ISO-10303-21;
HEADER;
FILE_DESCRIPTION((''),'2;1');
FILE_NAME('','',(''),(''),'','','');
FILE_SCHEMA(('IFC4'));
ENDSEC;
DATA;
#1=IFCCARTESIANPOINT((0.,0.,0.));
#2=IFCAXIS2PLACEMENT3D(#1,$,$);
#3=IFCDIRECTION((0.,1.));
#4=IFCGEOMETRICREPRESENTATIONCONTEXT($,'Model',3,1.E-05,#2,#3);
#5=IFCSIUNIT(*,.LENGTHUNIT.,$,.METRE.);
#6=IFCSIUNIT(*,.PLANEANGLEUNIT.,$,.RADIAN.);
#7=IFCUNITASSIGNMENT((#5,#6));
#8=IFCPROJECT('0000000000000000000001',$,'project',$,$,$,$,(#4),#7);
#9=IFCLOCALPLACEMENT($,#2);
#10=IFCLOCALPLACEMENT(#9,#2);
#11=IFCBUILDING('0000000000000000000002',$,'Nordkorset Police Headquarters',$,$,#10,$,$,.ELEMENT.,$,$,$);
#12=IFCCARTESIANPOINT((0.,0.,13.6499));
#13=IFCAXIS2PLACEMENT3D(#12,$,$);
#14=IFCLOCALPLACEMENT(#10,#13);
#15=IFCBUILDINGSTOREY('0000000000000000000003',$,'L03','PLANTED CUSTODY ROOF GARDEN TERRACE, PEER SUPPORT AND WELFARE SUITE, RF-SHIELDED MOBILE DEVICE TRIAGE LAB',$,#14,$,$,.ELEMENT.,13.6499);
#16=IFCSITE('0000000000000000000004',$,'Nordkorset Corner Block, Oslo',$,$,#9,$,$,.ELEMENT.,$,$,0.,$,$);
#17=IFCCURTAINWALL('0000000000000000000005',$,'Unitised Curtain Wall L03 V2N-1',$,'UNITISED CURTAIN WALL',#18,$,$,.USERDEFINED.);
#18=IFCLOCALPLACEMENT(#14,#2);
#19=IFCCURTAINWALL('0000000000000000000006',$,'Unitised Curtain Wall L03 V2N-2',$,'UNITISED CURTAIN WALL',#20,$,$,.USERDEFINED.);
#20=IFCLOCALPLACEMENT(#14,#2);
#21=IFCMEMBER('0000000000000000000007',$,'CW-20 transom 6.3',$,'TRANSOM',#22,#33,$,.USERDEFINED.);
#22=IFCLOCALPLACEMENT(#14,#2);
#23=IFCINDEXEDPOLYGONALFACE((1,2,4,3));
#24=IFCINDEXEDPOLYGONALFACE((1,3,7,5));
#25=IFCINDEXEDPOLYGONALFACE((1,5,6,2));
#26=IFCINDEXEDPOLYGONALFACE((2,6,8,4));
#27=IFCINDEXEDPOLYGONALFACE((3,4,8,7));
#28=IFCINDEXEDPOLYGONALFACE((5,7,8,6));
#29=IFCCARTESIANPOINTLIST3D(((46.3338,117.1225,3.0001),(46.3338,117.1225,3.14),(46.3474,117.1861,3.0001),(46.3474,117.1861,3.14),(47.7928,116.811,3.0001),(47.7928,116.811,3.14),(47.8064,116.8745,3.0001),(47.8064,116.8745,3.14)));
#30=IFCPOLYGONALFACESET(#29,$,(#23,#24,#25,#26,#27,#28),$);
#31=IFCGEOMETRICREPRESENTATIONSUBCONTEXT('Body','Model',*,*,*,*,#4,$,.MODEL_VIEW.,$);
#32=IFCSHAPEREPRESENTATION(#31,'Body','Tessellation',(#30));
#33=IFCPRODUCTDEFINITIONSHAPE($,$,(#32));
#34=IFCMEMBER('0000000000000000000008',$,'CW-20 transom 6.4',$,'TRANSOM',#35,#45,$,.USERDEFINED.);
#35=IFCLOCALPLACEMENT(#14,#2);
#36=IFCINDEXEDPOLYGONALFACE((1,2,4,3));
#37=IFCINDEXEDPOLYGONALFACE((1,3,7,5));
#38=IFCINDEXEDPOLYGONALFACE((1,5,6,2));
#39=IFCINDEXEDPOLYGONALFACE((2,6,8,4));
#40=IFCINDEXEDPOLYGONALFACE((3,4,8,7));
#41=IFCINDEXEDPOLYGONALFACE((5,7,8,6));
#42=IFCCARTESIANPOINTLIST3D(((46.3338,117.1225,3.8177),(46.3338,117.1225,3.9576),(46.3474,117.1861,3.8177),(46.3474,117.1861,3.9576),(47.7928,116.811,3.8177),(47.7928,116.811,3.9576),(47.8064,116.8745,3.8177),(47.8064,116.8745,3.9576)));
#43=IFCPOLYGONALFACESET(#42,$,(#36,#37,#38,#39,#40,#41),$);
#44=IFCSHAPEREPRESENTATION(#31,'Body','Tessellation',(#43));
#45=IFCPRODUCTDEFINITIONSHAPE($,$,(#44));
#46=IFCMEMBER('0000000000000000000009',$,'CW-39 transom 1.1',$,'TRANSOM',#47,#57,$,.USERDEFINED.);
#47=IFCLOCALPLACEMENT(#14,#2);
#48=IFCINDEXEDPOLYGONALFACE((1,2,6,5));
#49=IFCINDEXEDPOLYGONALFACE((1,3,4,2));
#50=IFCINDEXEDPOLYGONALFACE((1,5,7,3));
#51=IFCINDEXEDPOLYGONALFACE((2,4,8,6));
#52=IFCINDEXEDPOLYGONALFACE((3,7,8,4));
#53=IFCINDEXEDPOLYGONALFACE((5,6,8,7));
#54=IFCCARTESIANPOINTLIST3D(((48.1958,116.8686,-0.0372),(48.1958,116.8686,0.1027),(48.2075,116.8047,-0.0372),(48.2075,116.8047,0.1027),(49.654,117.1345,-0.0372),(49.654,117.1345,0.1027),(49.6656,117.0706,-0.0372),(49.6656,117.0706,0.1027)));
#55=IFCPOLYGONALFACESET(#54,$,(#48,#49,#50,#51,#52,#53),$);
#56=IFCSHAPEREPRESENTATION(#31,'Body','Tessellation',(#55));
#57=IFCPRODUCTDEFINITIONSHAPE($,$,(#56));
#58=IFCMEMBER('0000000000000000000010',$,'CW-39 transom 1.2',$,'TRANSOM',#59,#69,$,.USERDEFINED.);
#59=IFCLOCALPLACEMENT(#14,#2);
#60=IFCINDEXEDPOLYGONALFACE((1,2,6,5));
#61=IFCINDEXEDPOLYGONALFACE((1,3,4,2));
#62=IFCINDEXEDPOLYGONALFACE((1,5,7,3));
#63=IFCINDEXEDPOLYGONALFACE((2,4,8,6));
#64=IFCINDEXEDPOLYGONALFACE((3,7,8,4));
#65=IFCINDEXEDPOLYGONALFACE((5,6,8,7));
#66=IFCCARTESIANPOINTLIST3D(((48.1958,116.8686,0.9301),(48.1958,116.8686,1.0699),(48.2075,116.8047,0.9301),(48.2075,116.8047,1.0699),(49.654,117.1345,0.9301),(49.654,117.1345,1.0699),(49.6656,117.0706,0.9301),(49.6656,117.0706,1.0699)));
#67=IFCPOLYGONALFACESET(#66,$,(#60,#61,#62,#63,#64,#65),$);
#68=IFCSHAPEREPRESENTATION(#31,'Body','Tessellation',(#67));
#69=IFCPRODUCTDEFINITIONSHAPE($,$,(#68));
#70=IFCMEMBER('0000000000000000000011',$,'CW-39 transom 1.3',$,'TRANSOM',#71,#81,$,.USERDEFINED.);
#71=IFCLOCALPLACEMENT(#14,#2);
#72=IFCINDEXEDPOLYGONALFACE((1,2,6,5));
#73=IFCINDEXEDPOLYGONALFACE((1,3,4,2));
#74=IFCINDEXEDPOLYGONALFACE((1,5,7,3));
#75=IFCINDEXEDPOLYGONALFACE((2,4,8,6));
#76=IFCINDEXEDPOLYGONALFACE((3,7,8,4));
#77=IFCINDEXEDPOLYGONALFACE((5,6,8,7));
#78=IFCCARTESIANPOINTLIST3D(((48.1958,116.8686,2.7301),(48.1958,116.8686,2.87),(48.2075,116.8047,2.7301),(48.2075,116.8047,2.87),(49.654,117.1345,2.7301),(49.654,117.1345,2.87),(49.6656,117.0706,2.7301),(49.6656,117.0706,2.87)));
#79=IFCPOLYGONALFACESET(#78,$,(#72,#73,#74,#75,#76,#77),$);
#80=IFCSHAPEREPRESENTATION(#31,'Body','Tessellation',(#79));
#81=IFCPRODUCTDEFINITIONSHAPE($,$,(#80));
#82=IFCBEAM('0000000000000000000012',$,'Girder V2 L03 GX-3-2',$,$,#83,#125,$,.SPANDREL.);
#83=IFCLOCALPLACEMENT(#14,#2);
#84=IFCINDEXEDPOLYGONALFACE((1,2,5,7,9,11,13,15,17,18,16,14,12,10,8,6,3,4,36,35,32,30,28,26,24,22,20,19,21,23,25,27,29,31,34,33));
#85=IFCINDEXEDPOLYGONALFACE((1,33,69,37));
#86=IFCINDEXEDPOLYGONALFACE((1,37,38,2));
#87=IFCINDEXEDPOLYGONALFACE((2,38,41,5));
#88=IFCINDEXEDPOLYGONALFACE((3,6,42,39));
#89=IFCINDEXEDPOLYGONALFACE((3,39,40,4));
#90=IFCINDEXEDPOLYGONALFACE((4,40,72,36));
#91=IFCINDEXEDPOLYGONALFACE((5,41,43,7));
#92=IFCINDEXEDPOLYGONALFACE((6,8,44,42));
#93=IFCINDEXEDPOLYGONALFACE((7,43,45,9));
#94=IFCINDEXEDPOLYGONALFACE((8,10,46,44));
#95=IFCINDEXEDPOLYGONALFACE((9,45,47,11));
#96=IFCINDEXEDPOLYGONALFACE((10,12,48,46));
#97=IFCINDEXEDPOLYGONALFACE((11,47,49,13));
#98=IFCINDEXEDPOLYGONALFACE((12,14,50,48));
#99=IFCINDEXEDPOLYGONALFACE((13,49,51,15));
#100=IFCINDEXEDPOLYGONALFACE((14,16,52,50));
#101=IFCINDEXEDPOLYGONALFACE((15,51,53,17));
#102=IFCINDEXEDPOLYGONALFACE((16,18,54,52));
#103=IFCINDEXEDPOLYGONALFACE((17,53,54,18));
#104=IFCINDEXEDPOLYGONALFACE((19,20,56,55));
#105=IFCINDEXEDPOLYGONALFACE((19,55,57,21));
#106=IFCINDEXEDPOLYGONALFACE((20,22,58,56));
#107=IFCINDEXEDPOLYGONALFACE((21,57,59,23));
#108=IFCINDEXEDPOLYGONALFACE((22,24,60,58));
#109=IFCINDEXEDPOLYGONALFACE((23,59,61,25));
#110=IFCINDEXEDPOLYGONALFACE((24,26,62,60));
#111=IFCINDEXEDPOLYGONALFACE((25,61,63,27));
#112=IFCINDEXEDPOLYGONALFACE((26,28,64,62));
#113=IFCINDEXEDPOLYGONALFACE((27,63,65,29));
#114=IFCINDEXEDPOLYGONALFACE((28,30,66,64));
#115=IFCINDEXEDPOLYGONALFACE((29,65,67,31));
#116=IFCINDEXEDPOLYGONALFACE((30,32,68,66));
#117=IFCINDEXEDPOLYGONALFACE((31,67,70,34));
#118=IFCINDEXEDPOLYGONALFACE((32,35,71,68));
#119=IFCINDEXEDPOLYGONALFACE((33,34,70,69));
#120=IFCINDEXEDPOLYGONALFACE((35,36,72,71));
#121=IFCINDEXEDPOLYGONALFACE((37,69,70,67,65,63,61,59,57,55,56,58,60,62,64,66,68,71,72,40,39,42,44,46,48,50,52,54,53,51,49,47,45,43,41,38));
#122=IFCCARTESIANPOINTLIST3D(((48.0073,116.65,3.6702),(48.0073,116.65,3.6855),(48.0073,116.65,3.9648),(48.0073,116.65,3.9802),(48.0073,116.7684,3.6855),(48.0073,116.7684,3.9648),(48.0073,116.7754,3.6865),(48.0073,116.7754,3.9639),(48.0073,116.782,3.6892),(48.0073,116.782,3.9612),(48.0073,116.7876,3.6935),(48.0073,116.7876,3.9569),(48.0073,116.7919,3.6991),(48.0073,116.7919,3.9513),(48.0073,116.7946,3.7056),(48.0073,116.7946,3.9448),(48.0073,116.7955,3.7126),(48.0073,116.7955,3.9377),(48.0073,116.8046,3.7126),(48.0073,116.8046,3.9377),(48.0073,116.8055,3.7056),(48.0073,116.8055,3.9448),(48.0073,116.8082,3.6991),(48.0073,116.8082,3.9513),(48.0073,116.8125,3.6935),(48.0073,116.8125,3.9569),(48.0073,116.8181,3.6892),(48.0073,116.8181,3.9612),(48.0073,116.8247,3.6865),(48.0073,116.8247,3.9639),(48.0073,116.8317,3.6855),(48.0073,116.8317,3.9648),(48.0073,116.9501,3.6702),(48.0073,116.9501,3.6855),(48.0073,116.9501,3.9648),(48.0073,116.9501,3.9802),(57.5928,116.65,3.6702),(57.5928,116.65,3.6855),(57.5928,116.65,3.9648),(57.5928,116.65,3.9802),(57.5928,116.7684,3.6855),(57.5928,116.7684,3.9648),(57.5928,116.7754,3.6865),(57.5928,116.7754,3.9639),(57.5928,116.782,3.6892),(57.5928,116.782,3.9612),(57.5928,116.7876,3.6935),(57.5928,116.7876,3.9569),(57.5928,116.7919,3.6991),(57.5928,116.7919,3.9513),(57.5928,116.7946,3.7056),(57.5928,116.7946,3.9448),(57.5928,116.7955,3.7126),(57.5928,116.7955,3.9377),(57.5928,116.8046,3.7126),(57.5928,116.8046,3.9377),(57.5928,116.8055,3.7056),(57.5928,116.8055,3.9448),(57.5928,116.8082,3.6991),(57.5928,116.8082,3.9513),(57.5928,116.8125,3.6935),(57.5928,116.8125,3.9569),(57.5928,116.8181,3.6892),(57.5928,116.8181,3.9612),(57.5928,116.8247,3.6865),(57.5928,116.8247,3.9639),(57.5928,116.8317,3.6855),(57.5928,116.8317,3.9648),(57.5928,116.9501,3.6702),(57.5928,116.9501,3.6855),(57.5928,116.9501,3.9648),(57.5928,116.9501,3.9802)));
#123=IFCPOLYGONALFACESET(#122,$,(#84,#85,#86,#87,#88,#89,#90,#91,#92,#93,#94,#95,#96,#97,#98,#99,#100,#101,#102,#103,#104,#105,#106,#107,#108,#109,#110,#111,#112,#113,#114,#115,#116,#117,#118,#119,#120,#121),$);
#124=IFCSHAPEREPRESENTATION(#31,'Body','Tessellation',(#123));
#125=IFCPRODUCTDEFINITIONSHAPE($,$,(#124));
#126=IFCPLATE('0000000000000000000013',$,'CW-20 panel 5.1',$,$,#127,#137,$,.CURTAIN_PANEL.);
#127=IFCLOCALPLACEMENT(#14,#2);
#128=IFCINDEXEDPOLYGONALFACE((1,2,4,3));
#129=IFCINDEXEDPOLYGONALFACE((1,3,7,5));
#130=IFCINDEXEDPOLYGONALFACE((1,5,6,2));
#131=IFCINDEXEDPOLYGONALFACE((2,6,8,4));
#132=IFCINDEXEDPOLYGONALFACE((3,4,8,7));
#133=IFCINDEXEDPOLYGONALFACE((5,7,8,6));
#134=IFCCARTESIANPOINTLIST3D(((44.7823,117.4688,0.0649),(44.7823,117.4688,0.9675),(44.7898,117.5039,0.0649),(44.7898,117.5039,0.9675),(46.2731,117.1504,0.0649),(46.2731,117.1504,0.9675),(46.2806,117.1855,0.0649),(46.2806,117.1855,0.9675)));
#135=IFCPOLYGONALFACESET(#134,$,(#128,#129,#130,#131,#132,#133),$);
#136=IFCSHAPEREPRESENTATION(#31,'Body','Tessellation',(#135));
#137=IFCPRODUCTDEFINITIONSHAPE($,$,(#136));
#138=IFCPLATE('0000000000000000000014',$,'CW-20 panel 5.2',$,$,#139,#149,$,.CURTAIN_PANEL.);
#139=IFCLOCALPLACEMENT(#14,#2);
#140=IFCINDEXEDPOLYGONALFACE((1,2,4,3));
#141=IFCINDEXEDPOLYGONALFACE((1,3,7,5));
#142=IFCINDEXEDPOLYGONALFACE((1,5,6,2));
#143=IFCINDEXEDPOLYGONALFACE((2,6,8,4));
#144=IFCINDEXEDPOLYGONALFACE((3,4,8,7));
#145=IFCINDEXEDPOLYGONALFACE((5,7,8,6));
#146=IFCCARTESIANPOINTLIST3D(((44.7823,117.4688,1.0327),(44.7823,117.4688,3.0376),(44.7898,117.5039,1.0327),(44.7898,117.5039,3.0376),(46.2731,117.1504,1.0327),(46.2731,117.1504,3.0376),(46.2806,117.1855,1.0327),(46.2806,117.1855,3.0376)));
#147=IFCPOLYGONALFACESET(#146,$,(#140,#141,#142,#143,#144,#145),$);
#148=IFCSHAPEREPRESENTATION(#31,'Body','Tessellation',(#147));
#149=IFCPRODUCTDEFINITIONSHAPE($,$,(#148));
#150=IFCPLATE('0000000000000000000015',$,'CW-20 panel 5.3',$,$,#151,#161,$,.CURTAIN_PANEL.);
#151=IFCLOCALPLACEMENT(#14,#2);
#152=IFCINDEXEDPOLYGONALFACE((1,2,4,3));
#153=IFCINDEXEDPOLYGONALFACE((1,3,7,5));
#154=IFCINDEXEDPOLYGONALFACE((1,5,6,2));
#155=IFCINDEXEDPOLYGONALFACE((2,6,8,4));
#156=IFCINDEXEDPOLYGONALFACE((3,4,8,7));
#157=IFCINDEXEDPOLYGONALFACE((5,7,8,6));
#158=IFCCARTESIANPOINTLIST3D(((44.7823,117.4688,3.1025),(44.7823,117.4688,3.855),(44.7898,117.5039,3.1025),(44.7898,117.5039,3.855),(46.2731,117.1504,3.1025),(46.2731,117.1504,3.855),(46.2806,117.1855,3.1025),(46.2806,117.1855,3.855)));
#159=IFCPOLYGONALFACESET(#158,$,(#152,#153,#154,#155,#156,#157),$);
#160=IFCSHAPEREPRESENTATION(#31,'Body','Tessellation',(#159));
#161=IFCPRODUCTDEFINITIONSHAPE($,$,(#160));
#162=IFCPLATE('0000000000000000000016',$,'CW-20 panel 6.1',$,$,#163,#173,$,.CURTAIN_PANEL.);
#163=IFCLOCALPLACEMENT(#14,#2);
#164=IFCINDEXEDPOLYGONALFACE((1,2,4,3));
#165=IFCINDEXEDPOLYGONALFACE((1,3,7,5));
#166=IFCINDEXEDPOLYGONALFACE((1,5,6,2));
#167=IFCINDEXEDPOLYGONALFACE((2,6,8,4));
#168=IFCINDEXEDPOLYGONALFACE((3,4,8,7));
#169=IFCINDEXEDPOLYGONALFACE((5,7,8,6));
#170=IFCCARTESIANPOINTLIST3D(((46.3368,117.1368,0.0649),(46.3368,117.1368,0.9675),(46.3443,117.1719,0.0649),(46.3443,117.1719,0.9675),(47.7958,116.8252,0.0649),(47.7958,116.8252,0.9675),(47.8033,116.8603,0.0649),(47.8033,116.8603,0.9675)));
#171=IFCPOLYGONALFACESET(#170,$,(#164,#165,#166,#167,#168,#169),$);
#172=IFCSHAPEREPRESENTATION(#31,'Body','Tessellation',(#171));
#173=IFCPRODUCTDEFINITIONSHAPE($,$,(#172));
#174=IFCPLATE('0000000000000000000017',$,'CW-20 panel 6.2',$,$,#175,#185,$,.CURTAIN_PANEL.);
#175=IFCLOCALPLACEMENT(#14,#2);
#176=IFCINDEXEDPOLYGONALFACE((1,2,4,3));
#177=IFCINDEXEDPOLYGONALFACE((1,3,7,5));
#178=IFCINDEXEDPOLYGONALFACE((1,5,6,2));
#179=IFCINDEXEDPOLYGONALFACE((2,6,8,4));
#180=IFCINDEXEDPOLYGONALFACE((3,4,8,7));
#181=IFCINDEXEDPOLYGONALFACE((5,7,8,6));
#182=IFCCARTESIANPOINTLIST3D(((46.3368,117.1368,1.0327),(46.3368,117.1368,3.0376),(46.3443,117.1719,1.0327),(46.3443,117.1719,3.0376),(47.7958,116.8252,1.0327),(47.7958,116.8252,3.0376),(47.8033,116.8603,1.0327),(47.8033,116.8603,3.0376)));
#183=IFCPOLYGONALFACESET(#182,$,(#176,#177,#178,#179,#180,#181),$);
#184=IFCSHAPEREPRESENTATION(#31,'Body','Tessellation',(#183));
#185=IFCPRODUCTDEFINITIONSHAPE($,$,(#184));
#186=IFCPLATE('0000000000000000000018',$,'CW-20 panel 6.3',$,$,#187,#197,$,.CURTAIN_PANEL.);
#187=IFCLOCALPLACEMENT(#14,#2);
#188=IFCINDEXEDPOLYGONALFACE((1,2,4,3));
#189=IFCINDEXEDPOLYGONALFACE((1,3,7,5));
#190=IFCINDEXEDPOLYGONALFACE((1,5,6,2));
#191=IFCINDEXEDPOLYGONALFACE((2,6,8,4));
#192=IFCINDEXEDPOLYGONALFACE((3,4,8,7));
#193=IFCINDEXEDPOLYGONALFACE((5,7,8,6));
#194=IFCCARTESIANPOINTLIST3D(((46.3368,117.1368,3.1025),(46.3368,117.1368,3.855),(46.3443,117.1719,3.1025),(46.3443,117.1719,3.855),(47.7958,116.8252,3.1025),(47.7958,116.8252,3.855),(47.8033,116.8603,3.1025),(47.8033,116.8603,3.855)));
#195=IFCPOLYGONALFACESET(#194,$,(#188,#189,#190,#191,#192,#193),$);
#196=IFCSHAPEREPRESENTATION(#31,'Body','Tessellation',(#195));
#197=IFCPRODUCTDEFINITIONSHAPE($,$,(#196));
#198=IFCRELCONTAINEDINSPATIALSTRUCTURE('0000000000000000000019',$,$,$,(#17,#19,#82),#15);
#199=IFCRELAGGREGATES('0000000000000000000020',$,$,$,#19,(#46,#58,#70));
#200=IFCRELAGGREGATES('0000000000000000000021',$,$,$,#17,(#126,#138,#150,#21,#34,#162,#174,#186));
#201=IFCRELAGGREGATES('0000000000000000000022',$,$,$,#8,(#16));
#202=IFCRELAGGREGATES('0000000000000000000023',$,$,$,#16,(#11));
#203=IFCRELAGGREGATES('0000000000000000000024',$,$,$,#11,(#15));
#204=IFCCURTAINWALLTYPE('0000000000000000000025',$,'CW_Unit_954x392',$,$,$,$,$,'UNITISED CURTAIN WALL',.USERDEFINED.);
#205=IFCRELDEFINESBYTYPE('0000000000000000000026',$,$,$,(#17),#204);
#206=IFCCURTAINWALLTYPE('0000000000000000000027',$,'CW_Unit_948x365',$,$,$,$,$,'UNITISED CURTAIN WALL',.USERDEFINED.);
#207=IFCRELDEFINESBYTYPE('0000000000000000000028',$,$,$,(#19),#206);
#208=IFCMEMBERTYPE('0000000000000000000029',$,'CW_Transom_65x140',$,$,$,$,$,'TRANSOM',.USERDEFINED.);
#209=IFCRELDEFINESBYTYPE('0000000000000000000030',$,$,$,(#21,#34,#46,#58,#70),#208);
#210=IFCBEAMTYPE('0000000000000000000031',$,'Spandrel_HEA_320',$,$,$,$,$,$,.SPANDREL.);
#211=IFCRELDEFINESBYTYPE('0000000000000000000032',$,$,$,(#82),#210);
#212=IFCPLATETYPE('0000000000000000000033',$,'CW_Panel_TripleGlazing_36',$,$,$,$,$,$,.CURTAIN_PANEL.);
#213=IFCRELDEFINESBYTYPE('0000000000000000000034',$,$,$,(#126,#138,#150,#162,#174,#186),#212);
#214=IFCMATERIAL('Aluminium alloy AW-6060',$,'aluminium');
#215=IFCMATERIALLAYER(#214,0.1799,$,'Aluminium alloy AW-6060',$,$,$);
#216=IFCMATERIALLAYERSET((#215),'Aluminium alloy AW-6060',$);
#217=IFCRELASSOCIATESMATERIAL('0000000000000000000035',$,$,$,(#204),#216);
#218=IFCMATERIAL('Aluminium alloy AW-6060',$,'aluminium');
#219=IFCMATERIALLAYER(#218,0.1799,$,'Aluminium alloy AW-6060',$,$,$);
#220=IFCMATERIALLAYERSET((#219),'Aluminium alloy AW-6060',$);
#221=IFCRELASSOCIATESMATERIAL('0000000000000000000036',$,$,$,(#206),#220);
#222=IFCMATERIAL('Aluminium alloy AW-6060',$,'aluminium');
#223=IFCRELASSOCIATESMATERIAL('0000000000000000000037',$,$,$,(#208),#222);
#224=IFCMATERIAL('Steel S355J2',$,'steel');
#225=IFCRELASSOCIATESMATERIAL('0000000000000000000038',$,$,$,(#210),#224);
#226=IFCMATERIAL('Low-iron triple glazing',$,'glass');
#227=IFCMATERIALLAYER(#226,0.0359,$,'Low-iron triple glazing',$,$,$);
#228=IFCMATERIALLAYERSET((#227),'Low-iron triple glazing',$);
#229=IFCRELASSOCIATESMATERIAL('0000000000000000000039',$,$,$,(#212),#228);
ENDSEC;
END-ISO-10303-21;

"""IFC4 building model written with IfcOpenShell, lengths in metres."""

from ifc_helpers import new_model, si_unit, direction, frame, origin, origin_2d, place, context, subcontext, project, spatial, rectangle, i_section, extrude, material, layer, layer_set, material_profile, profile_set, type_object, element, aggregate, save


model = new_model("IFC4")

# Units and contexts
model_context = context("Model", 3, precision=1e-05, world=origin(), true_north=direction((0.0, 1.0)))
body_context = subcontext(model_context, "Body", "Model", "MODEL_VIEW")
ifc_project = project(units=[si_unit("LENGTHUNIT", "METRE"), si_unit("PLANEANGLEUNIT", "RADIAN")], contexts=[model_context])

# Site, building, storey
site_placement = place(None, origin())
site = spatial("IfcSite", under=ifc_project, at=site_placement, Name="Nordkorset Corner Block, Oslo", CompositionType="ELEMENT", RefElevation=0.0)
building_placement = place(site_placement, origin())
building = spatial("IfcBuilding", under=site, at=building_placement, Name="Nordkorset Police Headquarters", CompositionType="ELEMENT")
storey_placement = place(building_placement, frame((0.0, 0.0, 13.6499)))
storey = spatial("IfcBuildingStorey", under=building, at=storey_placement, Name="L03", Description="PLANTED CUSTODY ROOF GARDEN TERRACE, PEER SUPPORT AND WELFARE SUITE, RF-SHIELDED MOBILE DEVICE TRIAGE LAB", CompositionType="ELEMENT", Elevation=13.6499)

# Curtain wall
ifc_material_1 = material(Name="Aluminium alloy AW-6060", Category="aluminium")
ifc_layer_1 = layer(ifc_material_1, 0.1799, Name="Aluminium alloy AW-6060")
ifc_layer_set_1 = layer_set([ifc_layer_1], Name="Aluminium alloy AW-6060")
curtain_wall_type_1 = type_object("IfcCurtainWallType", Name="CW_Unit_954x392", ElementType="UNITISED CURTAIN WALL", PredefinedType="USERDEFINED", material=ifc_layer_set_1)
curtain_wall_1_placement = place(storey_placement, origin())
curtain_wall_1 = element("IfcCurtainWall", 1, at=curtain_wall_1_placement, inside=storey, type_object=curtain_wall_type_1, Name="Unitised Curtain Wall L03 V2N-1", ObjectType="UNITISED CURTAIN WALL", PredefinedType="USERDEFINED")

# Curtain wall
ifc_material_2 = material(Name="Aluminium alloy AW-6060", Category="aluminium")
ifc_layer_2 = layer(ifc_material_2, 0.1799, Name="Aluminium alloy AW-6060")
ifc_layer_set_2 = layer_set([ifc_layer_2], Name="Aluminium alloy AW-6060")
curtain_wall_type_2 = type_object("IfcCurtainWallType", Name="CW_Unit_948x365", ElementType="UNITISED CURTAIN WALL", PredefinedType="USERDEFINED", material=ifc_layer_set_2)
curtain_wall_2_placement = place(storey_placement, origin())
curtain_wall_2 = element("IfcCurtainWall", 2, at=curtain_wall_2_placement, inside=storey, type_object=curtain_wall_type_2, Name="Unitised Curtain Wall L03 V2N-2", ObjectType="UNITISED CURTAIN WALL", PredefinedType="USERDEFINED")

# Members
ifc_material_3 = material(Name="Aluminium alloy AW-6060", Category="aluminium")
ifc_material_profile_1 = material_profile(ifc_material_3, rectangle(XDim=0.0649, YDim=0.1399, at=origin_2d()), Name="ALU TRAN 65x140")
ifc_profile_set_1 = profile_set([ifc_material_profile_1], Name="Aluminium alloy AW-6060")
member_type_1 = type_object("IfcMemberType", Name="CW_Transom_65x140", ElementType="TRANSOM", PredefinedType="USERDEFINED", material=ifc_profile_set_1)
member_1_placement = place(storey_placement, frame((46.3406, 117.1543, 3.0701), z_axis=(0.977955, -0.208814, 0.0), x_axis=(0.208814, 0.977955, 0.0)))
member_1 = element("IfcMember", 3, at=member_1_placement, type_object=member_type_1, Name="CW-20 transom 6.3", ObjectType="TRANSOM", PredefinedType="USERDEFINED", context=body_context, shape_type="SweptSolid", body=[
    extrude(rectangle(XDim=0.0649, YDim=0.1399, at=origin_2d()), origin(), (0.0, 0.0, 1.0), 1.4919),
])
member_2_placement = place(storey_placement, frame((46.3406, 117.1543, 3.8877), z_axis=(0.977955, -0.208814, 0.0), x_axis=(0.208814, 0.977955, 0.0)))
member_2 = element("IfcMember", 4, at=member_2_placement, type_object=member_type_1, Name="CW-20 transom 6.4", ObjectType="TRANSOM", PredefinedType="USERDEFINED", context=body_context, shape_type="SweptSolid", body=[
    extrude(rectangle(XDim=0.0649, YDim=0.1399, at=origin_2d()), origin(), (0.0, 0.0, 1.0), 1.4919),
])
member_3_placement = place(storey_placement, frame((48.2017, 116.8367, 0.0327), z_axis=(0.983783, 0.179364, 0.0), x_axis=(-0.179364, 0.983783, 0.0)))
member_3 = element("IfcMember", 5, at=member_3_placement, type_object=member_type_1, Name="CW-39 transom 1.1", ObjectType="TRANSOM", PredefinedType="USERDEFINED", context=body_context, shape_type="SweptSolid", body=[
    extrude(rectangle(XDim=0.0649, YDim=0.1399, at=origin_2d()), origin(), (0.0, 0.0, 1.0), 1.4822),
])
member_4_placement = place(storey_placement, frame((48.2017, 116.8367, 1.0), z_axis=(0.983783, 0.179364, 0.0), x_axis=(-0.179364, 0.983783, 0.0)))
member_4 = element("IfcMember", 6, at=member_4_placement, type_object=member_type_1, Name="CW-39 transom 1.2", ObjectType="TRANSOM", PredefinedType="USERDEFINED", context=body_context, shape_type="SweptSolid", body=[
    extrude(rectangle(XDim=0.0649, YDim=0.1399, at=origin_2d()), origin(), (0.0, 0.0, 1.0), 1.4822),
])
member_5_placement = place(storey_placement, frame((48.2017, 116.8367, 2.8), z_axis=(0.983783, 0.179364, 0.0), x_axis=(-0.179364, 0.983783, 0.0)))
member_5 = element("IfcMember", 7, at=member_5_placement, type_object=member_type_1, Name="CW-39 transom 1.3", ObjectType="TRANSOM", PredefinedType="USERDEFINED", context=body_context, shape_type="SweptSolid", body=[
    extrude(rectangle(XDim=0.0649, YDim=0.1399, at=origin_2d()), origin(), (0.0, 0.0, 1.0), 1.4822),
])
aggregate(curtain_wall_2, [member_3, member_4, member_5])

# Beam
ifc_material_4 = material(Name="Steel S355J2", Category="steel")
ifc_material_profile_2 = material_profile(ifc_material_4, i_section(OverallWidth=0.3, OverallDepth=0.3101, WebThickness=0.009, FlangeThickness=0.0154, FilletRadius=0.0271, at=origin_2d()), Name="HEA 320")
ifc_profile_set_2 = profile_set([ifc_material_profile_2], Name="Steel S355J2")
beam_type = type_object("IfcBeamType", Name="Spandrel_HEA_320", PredefinedType="SPANDREL", material=ifc_profile_set_2)
beam_placement = place(storey_placement, frame((48.0073, 116.8, 3.8252), z_axis=(1.0, 0.0, 0.0), x_axis=(0.0, 1.0, 0.0)))
element("IfcBeam", 8, at=beam_placement, inside=storey, type_object=beam_type, Name="Girder V2 L03 GX-3-2", PredefinedType="SPANDREL", context=body_context, shape_type="SweptSolid", body=[
    extrude(i_section(OverallWidth=0.3, OverallDepth=0.3101, WebThickness=0.009, FlangeThickness=0.0154, FilletRadius=0.0271, at=origin_2d()), origin(), (0.0, 0.0, 1.0), 9.5854),
])

# Plates
ifc_material_5 = material(Name="Low-iron triple glazing", Category="glass")
ifc_layer_3 = layer(ifc_material_5, 0.0359, Name="Low-iron triple glazing")
ifc_layer_set_3 = layer_set([ifc_layer_3], Name="Low-iron triple glazing")
plate_type = type_object("IfcPlateType", Name="CW_Panel_TripleGlazing_36", PredefinedType="CURTAIN_PANEL", material=ifc_layer_set_3)
plate_1_placement = place(storey_placement, frame((45.5315, 117.3271, 0.0649), z_axis=(0.0, 0.0, 1.0), x_axis=(0.977951, -0.208833, 0.0)))
plate_1 = element("IfcPlate", 9, at=plate_1_placement, type_object=plate_type, Name="CW-20 panel 5.1", PredefinedType="CURTAIN_PANEL", context=body_context, shape_type="SweptSolid", body=[
    extrude(rectangle(XDim=1.5244, YDim=0.0359, at=origin_2d()), origin(), (0.0, 0.0, 1.0), 0.9026),
])
plate_2_placement = place(storey_placement, frame((45.5315, 117.3271, 1.0327), z_axis=(0.0, 0.0, 1.0), x_axis=(0.977951, -0.208833, 0.0)))
plate_2 = element("IfcPlate", 10, at=plate_2_placement, type_object=plate_type, Name="CW-20 panel 5.2", PredefinedType="CURTAIN_PANEL", context=body_context, shape_type="SweptSolid", body=[
    extrude(rectangle(XDim=1.5244, YDim=0.0359, at=origin_2d()), origin(), (0.0, 0.0, 1.0), 2.0049),
])
plate_3_placement = place(storey_placement, frame((45.5315, 117.3271, 3.1025), z_axis=(0.0, 0.0, 1.0), x_axis=(0.977951, -0.208833, 0.0)))
plate_3 = element("IfcPlate", 11, at=plate_3_placement, type_object=plate_type, Name="CW-20 panel 5.3", PredefinedType="CURTAIN_PANEL", context=body_context, shape_type="SweptSolid", body=[
    extrude(rectangle(XDim=1.5244, YDim=0.0359, at=origin_2d()), origin(), (0.0, 0.0, 1.0), 0.7524),
])
plate_4_placement = place(storey_placement, frame((47.0701, 116.9985, 0.0649), z_axis=(0.0, 0.0, 1.0), x_axis=(0.977951, -0.208833, 0.0)))
plate_4 = element("IfcPlate", 12, at=plate_4_placement, type_object=plate_type, Name="CW-20 panel 6.1", PredefinedType="CURTAIN_PANEL", context=body_context, shape_type="SweptSolid", body=[
    extrude(rectangle(XDim=1.4919, YDim=0.0359, at=origin_2d()), origin(), (0.0, 0.0, 1.0), 0.9026),
])
plate_5_placement = place(storey_placement, frame((47.0701, 116.9985, 1.0327), z_axis=(0.0, 0.0, 1.0), x_axis=(0.977951, -0.208833, 0.0)))
plate_5 = element("IfcPlate", 13, at=plate_5_placement, type_object=plate_type, Name="CW-20 panel 6.2", PredefinedType="CURTAIN_PANEL", context=body_context, shape_type="SweptSolid", body=[
    extrude(rectangle(XDim=1.4919, YDim=0.0359, at=origin_2d()), origin(), (0.0, 0.0, 1.0), 2.0049),
])
plate_6_placement = place(storey_placement, frame((47.0701, 116.9985, 3.1025), z_axis=(0.0, 0.0, 1.0), x_axis=(0.977951, -0.208833, 0.0)))
plate_6 = element("IfcPlate", 14, at=plate_6_placement, type_object=plate_type, Name="CW-20 panel 6.3", PredefinedType="CURTAIN_PANEL", context=body_context, shape_type="SweptSolid", body=[
    extrude(rectangle(XDim=1.4919, YDim=0.0359, at=origin_2d()), origin(), (0.0, 0.0, 1.0), 0.7524),
])
aggregate(curtain_wall_1, [plate_1, plate_2, plate_3, member_1, member_2, plate_4, plate_5, plate_6])

save(model, "model.ifc")
